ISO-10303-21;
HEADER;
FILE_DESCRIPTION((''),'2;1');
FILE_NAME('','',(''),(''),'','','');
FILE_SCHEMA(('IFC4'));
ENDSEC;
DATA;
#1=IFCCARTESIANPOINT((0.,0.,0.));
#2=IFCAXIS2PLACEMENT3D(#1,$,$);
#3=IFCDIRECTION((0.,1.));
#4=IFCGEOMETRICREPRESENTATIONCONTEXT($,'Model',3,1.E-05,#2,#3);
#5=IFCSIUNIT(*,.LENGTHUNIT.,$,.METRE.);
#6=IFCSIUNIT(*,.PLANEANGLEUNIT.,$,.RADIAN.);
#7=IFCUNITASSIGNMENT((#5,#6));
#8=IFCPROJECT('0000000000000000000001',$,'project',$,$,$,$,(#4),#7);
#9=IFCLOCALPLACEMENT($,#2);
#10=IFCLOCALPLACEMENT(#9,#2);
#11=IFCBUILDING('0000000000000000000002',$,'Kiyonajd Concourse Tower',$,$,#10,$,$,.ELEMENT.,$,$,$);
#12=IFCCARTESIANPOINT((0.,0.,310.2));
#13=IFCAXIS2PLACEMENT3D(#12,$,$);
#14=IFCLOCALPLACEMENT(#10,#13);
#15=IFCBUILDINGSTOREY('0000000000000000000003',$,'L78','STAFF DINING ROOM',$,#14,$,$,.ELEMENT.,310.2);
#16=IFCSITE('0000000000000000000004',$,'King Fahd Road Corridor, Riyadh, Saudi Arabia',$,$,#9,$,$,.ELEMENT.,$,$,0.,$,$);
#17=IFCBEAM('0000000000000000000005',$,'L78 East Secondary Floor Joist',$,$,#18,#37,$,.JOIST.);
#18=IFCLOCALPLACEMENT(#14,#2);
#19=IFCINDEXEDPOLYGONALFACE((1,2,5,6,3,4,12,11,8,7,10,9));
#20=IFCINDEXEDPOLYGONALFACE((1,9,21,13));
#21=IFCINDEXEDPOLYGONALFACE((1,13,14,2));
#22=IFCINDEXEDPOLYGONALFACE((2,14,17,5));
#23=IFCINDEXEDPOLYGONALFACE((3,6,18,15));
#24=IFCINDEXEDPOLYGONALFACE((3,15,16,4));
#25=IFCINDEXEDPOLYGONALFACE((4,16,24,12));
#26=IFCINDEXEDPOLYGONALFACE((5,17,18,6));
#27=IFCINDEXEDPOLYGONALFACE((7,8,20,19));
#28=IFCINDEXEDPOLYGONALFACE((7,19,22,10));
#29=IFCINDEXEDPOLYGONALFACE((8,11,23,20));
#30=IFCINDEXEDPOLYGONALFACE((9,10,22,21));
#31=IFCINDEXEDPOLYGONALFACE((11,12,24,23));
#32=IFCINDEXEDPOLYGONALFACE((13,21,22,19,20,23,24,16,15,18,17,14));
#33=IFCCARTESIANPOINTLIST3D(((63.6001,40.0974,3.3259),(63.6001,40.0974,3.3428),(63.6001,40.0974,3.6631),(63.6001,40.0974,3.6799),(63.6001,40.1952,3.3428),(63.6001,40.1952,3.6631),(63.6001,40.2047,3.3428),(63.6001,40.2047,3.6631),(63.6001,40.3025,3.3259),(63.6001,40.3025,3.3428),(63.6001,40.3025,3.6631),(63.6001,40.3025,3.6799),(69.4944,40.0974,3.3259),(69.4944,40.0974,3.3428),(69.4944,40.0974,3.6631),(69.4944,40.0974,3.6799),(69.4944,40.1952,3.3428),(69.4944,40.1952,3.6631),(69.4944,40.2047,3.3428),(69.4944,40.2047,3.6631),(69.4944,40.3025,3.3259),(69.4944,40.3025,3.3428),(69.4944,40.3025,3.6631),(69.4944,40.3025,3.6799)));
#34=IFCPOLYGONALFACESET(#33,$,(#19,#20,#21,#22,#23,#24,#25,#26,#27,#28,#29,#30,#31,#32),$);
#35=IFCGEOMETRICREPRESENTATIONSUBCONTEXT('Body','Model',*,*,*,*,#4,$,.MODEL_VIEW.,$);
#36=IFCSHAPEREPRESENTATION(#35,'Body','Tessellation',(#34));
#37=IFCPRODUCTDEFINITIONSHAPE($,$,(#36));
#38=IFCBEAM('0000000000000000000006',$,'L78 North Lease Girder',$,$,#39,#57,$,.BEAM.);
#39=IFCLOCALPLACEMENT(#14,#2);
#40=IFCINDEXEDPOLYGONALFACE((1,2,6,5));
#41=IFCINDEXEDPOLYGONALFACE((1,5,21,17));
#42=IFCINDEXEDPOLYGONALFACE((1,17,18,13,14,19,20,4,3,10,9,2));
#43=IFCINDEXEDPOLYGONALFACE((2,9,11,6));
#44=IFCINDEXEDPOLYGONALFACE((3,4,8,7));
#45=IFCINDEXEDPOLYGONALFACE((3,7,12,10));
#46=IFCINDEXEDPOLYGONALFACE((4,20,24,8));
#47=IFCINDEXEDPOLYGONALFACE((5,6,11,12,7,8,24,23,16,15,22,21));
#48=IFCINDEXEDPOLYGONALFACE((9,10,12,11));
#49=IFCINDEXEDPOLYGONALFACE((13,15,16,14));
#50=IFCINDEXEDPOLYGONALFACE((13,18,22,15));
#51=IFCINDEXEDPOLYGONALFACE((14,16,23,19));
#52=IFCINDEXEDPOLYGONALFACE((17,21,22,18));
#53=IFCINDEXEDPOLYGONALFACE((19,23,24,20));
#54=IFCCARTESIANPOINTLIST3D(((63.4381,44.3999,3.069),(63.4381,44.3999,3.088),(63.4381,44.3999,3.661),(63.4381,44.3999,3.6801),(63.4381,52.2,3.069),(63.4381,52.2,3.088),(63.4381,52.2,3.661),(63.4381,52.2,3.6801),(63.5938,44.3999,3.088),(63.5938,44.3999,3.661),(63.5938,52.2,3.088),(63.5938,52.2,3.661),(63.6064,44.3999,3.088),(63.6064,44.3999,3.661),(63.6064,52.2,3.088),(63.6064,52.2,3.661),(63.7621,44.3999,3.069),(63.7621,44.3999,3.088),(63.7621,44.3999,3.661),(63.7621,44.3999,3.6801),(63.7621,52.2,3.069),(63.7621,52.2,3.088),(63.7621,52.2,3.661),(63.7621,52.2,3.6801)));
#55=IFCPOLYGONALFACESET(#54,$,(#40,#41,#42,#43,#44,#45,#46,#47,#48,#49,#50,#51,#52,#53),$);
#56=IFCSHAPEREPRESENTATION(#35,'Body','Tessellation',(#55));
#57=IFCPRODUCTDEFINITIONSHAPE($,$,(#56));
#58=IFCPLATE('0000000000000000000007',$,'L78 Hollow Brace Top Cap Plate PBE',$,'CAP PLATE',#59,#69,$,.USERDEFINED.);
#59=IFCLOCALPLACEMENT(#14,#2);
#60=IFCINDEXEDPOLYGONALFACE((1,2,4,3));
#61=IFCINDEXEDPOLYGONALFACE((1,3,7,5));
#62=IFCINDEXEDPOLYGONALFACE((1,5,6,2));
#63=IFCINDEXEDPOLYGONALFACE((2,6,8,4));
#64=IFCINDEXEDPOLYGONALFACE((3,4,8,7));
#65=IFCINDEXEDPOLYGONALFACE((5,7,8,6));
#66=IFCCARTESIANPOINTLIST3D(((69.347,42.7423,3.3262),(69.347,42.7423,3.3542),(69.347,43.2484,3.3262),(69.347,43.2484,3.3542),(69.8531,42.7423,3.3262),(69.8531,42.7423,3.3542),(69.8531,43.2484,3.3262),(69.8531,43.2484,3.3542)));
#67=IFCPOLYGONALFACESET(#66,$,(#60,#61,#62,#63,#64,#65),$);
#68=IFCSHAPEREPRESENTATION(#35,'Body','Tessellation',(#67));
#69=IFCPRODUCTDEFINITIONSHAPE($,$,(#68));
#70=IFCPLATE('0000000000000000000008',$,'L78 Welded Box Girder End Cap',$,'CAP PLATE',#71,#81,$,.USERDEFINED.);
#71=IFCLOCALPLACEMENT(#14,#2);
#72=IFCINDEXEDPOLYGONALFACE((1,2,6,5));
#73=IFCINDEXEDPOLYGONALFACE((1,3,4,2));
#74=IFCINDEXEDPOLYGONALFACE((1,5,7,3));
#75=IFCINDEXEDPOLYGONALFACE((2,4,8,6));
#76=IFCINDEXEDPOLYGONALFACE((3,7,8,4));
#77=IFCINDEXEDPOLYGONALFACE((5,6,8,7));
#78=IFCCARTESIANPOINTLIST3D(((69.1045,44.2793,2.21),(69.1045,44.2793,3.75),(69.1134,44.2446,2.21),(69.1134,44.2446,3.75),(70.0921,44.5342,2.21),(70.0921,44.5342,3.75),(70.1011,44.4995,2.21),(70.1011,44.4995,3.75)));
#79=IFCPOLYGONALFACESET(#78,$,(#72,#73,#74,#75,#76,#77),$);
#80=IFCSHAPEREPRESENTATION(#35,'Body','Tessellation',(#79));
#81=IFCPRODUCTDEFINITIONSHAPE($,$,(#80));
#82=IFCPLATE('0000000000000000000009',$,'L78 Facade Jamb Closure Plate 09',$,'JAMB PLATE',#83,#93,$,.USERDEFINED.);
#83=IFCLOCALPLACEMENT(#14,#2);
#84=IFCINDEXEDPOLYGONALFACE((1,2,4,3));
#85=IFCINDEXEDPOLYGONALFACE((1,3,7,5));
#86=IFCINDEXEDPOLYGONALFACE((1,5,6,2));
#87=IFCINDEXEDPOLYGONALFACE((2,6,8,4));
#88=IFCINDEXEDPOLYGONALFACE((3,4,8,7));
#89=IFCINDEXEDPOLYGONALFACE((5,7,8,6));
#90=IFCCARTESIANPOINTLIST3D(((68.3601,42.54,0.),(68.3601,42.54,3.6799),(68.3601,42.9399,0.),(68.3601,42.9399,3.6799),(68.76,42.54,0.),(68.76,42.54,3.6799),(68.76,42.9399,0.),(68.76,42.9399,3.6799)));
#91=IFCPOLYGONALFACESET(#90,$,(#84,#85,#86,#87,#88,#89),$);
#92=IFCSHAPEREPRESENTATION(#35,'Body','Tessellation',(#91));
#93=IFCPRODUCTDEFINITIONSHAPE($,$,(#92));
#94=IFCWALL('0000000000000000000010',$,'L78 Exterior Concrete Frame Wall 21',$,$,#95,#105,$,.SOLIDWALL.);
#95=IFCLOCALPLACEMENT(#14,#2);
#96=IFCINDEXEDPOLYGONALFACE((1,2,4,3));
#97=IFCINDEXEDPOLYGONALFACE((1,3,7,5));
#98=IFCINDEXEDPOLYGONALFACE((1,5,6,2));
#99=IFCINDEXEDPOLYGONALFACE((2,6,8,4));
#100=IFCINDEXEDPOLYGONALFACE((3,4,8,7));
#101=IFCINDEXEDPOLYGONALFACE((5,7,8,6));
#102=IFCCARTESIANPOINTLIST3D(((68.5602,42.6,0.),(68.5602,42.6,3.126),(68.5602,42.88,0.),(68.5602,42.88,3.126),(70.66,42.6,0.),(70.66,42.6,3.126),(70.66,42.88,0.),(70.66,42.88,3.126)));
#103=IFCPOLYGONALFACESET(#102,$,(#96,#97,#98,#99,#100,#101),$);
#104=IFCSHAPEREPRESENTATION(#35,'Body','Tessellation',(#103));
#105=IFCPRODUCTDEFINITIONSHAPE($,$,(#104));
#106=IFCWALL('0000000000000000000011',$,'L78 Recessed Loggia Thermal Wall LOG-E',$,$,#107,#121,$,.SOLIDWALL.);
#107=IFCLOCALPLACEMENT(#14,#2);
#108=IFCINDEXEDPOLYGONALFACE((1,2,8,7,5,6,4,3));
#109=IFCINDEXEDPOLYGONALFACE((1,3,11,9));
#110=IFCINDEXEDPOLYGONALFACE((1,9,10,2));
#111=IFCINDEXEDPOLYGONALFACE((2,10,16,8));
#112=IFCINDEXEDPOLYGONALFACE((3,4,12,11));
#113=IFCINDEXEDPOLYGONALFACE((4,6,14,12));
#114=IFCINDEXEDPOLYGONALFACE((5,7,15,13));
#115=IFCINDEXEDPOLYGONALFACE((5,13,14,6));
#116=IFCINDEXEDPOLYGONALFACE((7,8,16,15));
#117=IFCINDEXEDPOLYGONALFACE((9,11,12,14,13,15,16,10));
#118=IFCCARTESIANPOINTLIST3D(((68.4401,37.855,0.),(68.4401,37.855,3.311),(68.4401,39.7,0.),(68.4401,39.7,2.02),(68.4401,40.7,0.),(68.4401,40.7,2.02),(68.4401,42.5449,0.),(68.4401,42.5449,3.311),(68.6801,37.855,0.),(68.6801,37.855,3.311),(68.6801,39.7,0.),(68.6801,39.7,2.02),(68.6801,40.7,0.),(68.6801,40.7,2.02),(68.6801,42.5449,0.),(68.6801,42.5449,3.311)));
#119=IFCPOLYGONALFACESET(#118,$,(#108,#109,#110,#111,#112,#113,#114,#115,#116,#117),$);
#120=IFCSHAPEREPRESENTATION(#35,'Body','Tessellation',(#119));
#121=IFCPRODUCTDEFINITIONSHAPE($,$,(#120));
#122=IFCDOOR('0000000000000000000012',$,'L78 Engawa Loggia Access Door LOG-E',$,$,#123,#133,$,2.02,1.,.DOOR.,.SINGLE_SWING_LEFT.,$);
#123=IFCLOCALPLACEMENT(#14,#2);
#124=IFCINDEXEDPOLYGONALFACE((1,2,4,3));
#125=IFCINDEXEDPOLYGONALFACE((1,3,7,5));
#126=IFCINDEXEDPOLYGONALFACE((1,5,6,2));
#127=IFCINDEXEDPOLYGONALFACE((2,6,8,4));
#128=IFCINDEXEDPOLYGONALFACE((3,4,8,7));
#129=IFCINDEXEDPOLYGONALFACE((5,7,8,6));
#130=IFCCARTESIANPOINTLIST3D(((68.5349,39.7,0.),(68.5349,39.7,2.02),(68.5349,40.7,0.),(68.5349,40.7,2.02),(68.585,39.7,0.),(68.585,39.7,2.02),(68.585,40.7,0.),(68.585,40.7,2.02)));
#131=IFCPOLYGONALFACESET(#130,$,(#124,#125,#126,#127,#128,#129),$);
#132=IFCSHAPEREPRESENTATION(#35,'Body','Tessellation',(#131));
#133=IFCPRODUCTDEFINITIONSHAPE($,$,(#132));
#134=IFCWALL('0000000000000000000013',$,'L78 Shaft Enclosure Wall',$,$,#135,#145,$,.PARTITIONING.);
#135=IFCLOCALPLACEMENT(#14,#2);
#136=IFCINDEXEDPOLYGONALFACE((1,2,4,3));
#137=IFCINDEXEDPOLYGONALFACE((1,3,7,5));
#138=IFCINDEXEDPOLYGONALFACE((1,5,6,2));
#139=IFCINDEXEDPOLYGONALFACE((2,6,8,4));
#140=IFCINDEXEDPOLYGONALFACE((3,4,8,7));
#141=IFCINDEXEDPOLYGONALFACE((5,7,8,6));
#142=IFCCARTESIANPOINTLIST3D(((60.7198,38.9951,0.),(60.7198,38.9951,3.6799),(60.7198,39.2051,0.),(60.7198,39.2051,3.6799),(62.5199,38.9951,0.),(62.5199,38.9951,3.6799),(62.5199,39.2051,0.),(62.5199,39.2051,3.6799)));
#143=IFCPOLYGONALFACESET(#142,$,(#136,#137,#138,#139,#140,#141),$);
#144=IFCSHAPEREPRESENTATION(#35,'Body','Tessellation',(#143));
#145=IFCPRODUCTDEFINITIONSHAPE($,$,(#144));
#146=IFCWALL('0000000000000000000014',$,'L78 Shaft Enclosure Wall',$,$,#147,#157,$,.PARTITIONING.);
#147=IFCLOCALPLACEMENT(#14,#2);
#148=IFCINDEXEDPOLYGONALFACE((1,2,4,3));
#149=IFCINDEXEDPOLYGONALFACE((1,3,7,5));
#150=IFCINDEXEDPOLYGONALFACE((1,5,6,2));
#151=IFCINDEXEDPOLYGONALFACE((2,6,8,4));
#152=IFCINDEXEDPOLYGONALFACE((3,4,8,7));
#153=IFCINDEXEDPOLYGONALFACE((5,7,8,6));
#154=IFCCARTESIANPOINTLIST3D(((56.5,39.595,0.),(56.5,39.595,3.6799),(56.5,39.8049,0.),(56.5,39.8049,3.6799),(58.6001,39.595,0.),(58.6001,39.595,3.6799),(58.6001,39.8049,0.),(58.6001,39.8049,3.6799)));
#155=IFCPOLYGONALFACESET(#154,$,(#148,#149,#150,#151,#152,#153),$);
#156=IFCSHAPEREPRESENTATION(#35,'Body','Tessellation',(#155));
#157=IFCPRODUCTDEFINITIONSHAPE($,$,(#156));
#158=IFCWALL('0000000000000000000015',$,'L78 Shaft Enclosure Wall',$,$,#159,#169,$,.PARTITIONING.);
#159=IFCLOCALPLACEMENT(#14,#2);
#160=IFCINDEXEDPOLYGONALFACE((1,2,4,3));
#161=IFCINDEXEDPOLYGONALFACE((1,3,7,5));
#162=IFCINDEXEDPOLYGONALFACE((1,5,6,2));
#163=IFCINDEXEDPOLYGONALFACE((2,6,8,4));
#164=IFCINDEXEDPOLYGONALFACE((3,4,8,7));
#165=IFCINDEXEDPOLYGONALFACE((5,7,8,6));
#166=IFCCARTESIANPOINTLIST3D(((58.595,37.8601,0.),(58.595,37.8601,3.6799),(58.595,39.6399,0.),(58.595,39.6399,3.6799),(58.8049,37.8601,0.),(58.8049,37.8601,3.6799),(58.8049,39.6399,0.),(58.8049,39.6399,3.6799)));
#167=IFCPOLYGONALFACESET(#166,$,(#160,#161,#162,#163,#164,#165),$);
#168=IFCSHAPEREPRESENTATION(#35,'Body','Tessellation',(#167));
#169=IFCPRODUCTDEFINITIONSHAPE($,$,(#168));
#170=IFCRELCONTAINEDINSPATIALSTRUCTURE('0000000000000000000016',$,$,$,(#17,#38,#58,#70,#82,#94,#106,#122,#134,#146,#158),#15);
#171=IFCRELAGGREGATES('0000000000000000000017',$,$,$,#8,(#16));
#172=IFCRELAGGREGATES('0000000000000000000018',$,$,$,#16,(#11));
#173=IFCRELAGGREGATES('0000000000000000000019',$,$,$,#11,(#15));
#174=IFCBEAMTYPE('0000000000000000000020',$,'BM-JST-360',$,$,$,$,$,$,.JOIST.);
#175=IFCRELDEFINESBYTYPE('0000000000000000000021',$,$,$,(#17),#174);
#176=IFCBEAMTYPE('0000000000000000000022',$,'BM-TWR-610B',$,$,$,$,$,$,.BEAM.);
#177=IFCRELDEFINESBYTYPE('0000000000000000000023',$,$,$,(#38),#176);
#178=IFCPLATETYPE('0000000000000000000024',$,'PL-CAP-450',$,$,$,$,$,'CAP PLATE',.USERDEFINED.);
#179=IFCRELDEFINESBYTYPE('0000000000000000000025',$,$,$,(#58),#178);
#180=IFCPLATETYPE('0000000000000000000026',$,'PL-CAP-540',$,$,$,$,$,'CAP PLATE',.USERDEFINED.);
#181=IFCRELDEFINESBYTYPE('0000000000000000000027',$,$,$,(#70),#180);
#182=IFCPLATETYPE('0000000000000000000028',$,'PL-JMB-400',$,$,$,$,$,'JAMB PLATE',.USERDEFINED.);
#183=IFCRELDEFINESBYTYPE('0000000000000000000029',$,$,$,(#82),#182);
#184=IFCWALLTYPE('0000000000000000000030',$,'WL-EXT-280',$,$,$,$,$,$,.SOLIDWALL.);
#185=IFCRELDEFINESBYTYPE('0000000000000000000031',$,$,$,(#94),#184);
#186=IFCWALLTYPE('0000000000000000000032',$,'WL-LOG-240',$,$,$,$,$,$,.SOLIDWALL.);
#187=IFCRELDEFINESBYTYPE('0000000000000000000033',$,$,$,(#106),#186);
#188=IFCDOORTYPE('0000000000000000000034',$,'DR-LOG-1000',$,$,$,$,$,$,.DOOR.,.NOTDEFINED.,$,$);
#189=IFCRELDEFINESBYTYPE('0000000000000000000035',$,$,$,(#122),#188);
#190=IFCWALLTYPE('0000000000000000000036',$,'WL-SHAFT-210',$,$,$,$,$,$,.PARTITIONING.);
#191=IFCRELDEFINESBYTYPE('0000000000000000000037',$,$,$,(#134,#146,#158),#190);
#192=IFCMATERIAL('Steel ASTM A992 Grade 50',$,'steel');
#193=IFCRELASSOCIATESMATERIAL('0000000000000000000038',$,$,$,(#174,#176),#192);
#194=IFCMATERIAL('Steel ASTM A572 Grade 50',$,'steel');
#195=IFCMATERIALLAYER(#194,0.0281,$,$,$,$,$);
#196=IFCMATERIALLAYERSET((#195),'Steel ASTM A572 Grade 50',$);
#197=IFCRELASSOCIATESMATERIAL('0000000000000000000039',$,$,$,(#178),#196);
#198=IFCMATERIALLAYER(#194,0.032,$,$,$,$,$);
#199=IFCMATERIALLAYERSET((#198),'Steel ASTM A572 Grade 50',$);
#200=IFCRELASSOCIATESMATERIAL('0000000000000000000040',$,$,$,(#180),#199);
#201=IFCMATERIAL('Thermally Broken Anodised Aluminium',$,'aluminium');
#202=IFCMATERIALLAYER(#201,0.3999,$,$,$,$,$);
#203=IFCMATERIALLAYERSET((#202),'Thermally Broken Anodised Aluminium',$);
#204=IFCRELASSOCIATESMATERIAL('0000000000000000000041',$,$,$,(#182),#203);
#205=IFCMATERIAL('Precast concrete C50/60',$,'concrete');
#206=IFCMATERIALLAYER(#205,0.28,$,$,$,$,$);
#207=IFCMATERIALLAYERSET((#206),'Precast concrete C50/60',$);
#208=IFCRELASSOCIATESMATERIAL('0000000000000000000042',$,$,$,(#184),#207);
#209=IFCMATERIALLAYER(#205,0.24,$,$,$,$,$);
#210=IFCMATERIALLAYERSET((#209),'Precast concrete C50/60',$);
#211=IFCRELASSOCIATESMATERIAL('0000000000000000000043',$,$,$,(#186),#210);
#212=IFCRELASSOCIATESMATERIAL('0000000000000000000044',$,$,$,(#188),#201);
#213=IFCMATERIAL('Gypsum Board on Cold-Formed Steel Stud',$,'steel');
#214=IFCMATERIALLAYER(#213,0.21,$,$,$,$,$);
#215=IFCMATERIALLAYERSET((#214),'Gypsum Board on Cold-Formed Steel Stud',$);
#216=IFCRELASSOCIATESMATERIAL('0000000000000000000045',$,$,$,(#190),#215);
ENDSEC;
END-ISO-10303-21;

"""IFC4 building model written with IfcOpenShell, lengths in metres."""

from ifc_helpers import new_model, si_unit, direction, frame, frame_2d, origin, origin_2d, place, context, subcontext, project, spatial, rectangle, i_section, extrude, material, layer, layer_set, material_profile, profile_set, type_object, element, fill, save


model = new_model("IFC4")

# Units and contexts
model_context = context("Model", 3, precision=1e-05, world=origin(), true_north=direction((0.0, 1.0)))
body_context = subcontext(model_context, "Body", "Model", "MODEL_VIEW")
ifc_project = project(units=[si_unit("LENGTHUNIT", "METRE"), si_unit("PLANEANGLEUNIT", "RADIAN")], contexts=[model_context])

# Site, building, storey
site_placement = place(None, origin())
site = spatial("IfcSite", under=ifc_project, at=site_placement, Name="King Fahd Road Corridor, Riyadh, Saudi Arabia", CompositionType="ELEMENT", RefElevation=0.0)
building_placement = place(site_placement, origin())
building = spatial("IfcBuilding", under=site, at=building_placement, Name="Kiyonajd Concourse Tower", CompositionType="ELEMENT")
storey_placement = place(building_placement, frame((0.0, 0.0, 310.2)))
storey = spatial("IfcBuildingStorey", under=building, at=storey_placement, Name="L78", Description="STAFF DINING ROOM", CompositionType="ELEMENT", Elevation=310.2)

# Beams
ifc_material_1 = material(Name="Steel ASTM A992 Grade 50", Category="steel")
ifc_material_profile_1 = material_profile(ifc_material_1, i_section(OverallWidth=0.2051, OverallDepth=0.354, WebThickness=0.0095, FlangeThickness=0.0168, at=origin_2d()), Name="W360X79")
ifc_profile_set_1 = profile_set([ifc_material_profile_1], Name="Steel ASTM A992 Grade 50")
beam_type_1 = type_object("IfcBeamType", Name="BM-JST-360", PredefinedType="JOIST", material=ifc_profile_set_1)
beam_1_placement = place(storey_placement, frame((63.6001, 40.2, 3.5029), z_axis=(1.0, 0.0, 0.0), x_axis=(0.0, 1.0, 0.0)))
element("IfcBeam", 1, at=beam_1_placement, inside=storey, type_object=beam_type_1, Name="L78 East Secondary Floor Joist", PredefinedType="JOIST", context=body_context, shape_type="SweptSolid", body=[
    extrude(i_section(OverallWidth=0.2051, OverallDepth=0.354, WebThickness=0.0095, FlangeThickness=0.0168, at=origin_2d()), origin(), (0.0, 0.0, 1.0), 5.8943),
])
ifc_material_profile_2 = material_profile(ifc_material_1, i_section(OverallWidth=0.324, OverallDepth=0.6111, WebThickness=0.0127, FlangeThickness=0.019, at=origin_2d()), Name="W610X155")
ifc_profile_set_2 = profile_set([ifc_material_profile_2], Name="Steel ASTM A992 Grade 50")
beam_type_2 = type_object("IfcBeamType", Name="BM-TWR-610B", PredefinedType="BEAM", material=ifc_profile_set_2)
beam_2_placement = place(storey_placement, frame((63.6001, 44.3999, 3.3745), z_axis=(0.0, 1.0, 0.0), x_axis=(-1.0, 0.0, 0.0)))
element("IfcBeam", 2, at=beam_2_placement, inside=storey, type_object=beam_type_2, Name="L78 North Lease Girder", PredefinedType="BEAM", context=body_context, shape_type="SweptSolid", body=[
    extrude(i_section(OverallWidth=0.324, OverallDepth=0.6111, WebThickness=0.0127, FlangeThickness=0.019, at=origin_2d()), origin(), (0.0, 0.0, 1.0), 7.8),
])

# Plates
ifc_material_2 = material(Name="Steel ASTM A572 Grade 50", Category="steel")
ifc_layer_1 = layer(ifc_material_2, 0.0281)
ifc_layer_set_1 = layer_set([ifc_layer_1], Name="Steel ASTM A572 Grade 50")
plate_type_1 = type_object("IfcPlateType", Name="PL-CAP-450", ElementType="CAP PLATE", PredefinedType="USERDEFINED", material=ifc_layer_set_1)
plate_1_placement = place(storey_placement, frame((69.6001, 42.9954, 3.3262), z_axis=(0.0, 0.0, 1.0), x_axis=(1.0, 0.0, 0.0)))
element("IfcPlate", 3, at=plate_1_placement, inside=storey, type_object=plate_type_1, Name="L78 Hollow Brace Top Cap Plate PBE", ObjectType="CAP PLATE", PredefinedType="USERDEFINED", context=body_context, shape_type="SweptSolid", body=[
    extrude(rectangle(XDim=0.5061, YDim=0.5061, at=origin_2d()), origin(), (0.0, 0.0, 1.0), 0.0281),
])
ifc_layer_2 = layer(ifc_material_2, 0.032)
ifc_layer_set_2 = layer_set([ifc_layer_2], Name="Steel ASTM A572 Grade 50")
plate_type_2 = type_object("IfcPlateType", Name="PL-CAP-540", ElementType="CAP PLATE", PredefinedType="USERDEFINED", material=ifc_layer_set_2)
plate_2_placement = place(storey_placement, frame((69.6028, 44.3894, 2.21), z_axis=(0.0, 0.0, 1.0), x_axis=(0.249873, -0.968279, 0.0)))
element("IfcPlate", 4, at=plate_2_placement, inside=storey, type_object=plate_type_2, Name="L78 Welded Box Girder End Cap", ObjectType="CAP PLATE", PredefinedType="USERDEFINED", context=body_context, shape_type="SweptSolid", body=[
    extrude(rectangle(XDim=0.0359, YDim=1.02, at=origin_2d()), origin(), (0.0, 0.0, 1.0), 1.54),
])
ifc_material_3 = material(Name="Thermally Broken Anodised Aluminium", Category="aluminium")
ifc_layer_3 = layer(ifc_material_3, 0.3999)
ifc_layer_set_3 = layer_set([ifc_layer_3], Name="Thermally Broken Anodised Aluminium")
plate_type_3 = type_object("IfcPlateType", Name="PL-JMB-400", ElementType="JAMB PLATE", PredefinedType="USERDEFINED", material=ifc_layer_set_3)
plate_3_placement = place(storey_placement, frame((68.5601, 42.74, 0.0), z_axis=(0.0, 0.0, 1.0), x_axis=(1.0, 0.0, 0.0)))
element("IfcPlate", 5, at=plate_3_placement, inside=storey, type_object=plate_type_3, Name="L78 Facade Jamb Closure Plate 09", ObjectType="JAMB PLATE", PredefinedType="USERDEFINED", context=body_context, shape_type="SweptSolid", body=[
    extrude(rectangle(XDim=0.3999, YDim=0.3999, at=origin_2d()), origin(), (0.0, 0.0, 1.0), 3.6799),
])

# Wall
ifc_material_4 = material(Name="Precast concrete C50/60", Category="concrete")
ifc_layer_4 = layer(ifc_material_4, 0.28)
ifc_layer_set_4 = layer_set([ifc_layer_4], Name="Precast concrete C50/60")
wall_type_1 = type_object("IfcWallType", Name="WL-EXT-280", PredefinedType="SOLIDWALL", material=ifc_layer_set_4)
wall_1_placement = place(storey_placement, frame((70.6599, 42.74, 0.0), z_axis=(0.0, 0.0, 1.0), x_axis=(-1.0, 0.0, 0.0)))
element("IfcWall", 6, at=wall_1_placement, inside=storey, type_object=wall_type_1, Name="L78 Exterior Concrete Frame Wall 21", PredefinedType="SOLIDWALL", context=body_context, shape_type="SweptSolid", body=[
    extrude(rectangle(XDim=2.0999, YDim=0.28, at=frame_2d((1.0498, 0.0))), origin(), (0.0, 0.0, 1.0), 3.126),
])

# Wall, opening, door
ifc_layer_5 = layer(ifc_material_4, 0.24)
ifc_layer_set_5 = layer_set([ifc_layer_5], Name="Precast concrete C50/60")
wall_type_2 = type_object("IfcWallType", Name="WL-LOG-240", PredefinedType="SOLIDWALL", material=ifc_layer_set_5)
wall_2_placement = place(storey_placement, frame((68.5601, 42.5449, 0.0), z_axis=(0.0, 0.0, 1.0), x_axis=(0.0, -1.0, 0.0)))
wall_2 = element("IfcWall", 7, at=wall_2_placement, inside=storey, type_object=wall_type_2, Name="L78 Recessed Loggia Thermal Wall LOG-E", PredefinedType="SOLIDWALL", context=body_context, shape_type="SweptSolid", body=[
    extrude(rectangle(XDim=4.6899, YDim=0.24, at=frame_2d((2.345, 0.0))), origin(), (0.0, 0.0, 1.0), 3.311),
])
opening_1_placement = place(wall_2_placement, frame((1.845, 0.0, 0.0)))
opening_1 = element("IfcOpeningElement", 8, at=opening_1_placement, cuts=wall_2, PredefinedType="OPENING", context=body_context, shape_type="SweptSolid", body=[
    extrude(rectangle(XDim=1.0, YDim=2.02, at=frame_2d((0.5, 1.01))), frame((0.0, 0.1299, 0.0), z_axis=(0.0, -1.0, 0.0), x_axis=(1.0, 0.0, 0.0)), (0.0, 0.0, 1.0), 0.26),
])
door_type_1 = type_object("IfcDoorType", Name="DR-LOG-1000", OperationType="NOTDEFINED", PredefinedType="DOOR", material=ifc_material_3)
door_1_placement = place(opening_1_placement, origin())
door_1 = element("IfcDoor", 9, at=door_1_placement, inside=storey, type_object=door_type_1, Name="L78 Engawa Loggia Access Door LOG-E", OperationType="SINGLE_SWING_LEFT", OverallHeight=2.02, OverallWidth=1.0, PredefinedType="DOOR", context=body_context, shape_type="SweptSolid", body=[
    extrude(rectangle(XDim=1.0, YDim=2.02, at=frame_2d((0.5, 1.01))), frame((0.0, 0.0249, 0.0), z_axis=(0.0, -1.0, 0.0), x_axis=(1.0, 0.0, 0.0)), (0.0, 0.0, 1.0), 0.05),
])
fill(opening_1, door_1)

# Walls
ifc_material_5 = material(Name="Gypsum Board on Cold-Formed Steel Stud", Category="steel")
ifc_layer_6 = layer(ifc_material_5, 0.21)
ifc_layer_set_6 = layer_set([ifc_layer_6], Name="Gypsum Board on Cold-Formed Steel Stud")
wall_type_3 = type_object("IfcWallType", Name="WL-SHAFT-210", PredefinedType="PARTITIONING", material=ifc_layer_set_6)
wall_3_placement = place(storey_placement, frame((60.72, 39.1001, 0.0), z_axis=(0.0, 0.0, 1.0), x_axis=(1.0, 0.0, 0.0)))
element("IfcWall", 10, at=wall_3_placement, inside=storey, type_object=wall_type_3, Name="L78 Shaft Enclosure Wall", PredefinedType="PARTITIONING", context=body_context, shape_type="SweptSolid", body=[
    extrude(rectangle(XDim=1.8, YDim=0.21, at=frame_2d((0.8999, 0.0))), origin(), (0.0, 0.0, 1.0), 3.6799),
])
wall_4_placement = place(storey_placement, frame((56.5, 39.7, 0.0), z_axis=(0.0, 0.0, 1.0), x_axis=(1.0, 0.0, 0.0)))
element("IfcWall", 11, at=wall_4_placement, inside=storey, type_object=wall_type_3, Name="L78 Shaft Enclosure Wall", PredefinedType="PARTITIONING", context=body_context, shape_type="SweptSolid", body=[
    extrude(rectangle(XDim=2.1001, YDim=0.21, at=frame_2d((1.05, 0.0))), origin(), (0.0, 0.0, 1.0), 3.6799),
])
wall_5_placement = place(storey_placement, frame((58.7, 37.8601, 0.0), z_axis=(0.0, 0.0, 1.0), x_axis=(0.0, 1.0, 0.0)))
element("IfcWall", 12, at=wall_5_placement, inside=storey, type_object=wall_type_3, Name="L78 Shaft Enclosure Wall", PredefinedType="PARTITIONING", context=body_context, shape_type="SweptSolid", body=[
    extrude(rectangle(XDim=1.7798, YDim=0.21, at=frame_2d((0.8899, 0.0))), origin(), (0.0, 0.0, 1.0), 3.6799),
])

save(model, "model.ifc")
